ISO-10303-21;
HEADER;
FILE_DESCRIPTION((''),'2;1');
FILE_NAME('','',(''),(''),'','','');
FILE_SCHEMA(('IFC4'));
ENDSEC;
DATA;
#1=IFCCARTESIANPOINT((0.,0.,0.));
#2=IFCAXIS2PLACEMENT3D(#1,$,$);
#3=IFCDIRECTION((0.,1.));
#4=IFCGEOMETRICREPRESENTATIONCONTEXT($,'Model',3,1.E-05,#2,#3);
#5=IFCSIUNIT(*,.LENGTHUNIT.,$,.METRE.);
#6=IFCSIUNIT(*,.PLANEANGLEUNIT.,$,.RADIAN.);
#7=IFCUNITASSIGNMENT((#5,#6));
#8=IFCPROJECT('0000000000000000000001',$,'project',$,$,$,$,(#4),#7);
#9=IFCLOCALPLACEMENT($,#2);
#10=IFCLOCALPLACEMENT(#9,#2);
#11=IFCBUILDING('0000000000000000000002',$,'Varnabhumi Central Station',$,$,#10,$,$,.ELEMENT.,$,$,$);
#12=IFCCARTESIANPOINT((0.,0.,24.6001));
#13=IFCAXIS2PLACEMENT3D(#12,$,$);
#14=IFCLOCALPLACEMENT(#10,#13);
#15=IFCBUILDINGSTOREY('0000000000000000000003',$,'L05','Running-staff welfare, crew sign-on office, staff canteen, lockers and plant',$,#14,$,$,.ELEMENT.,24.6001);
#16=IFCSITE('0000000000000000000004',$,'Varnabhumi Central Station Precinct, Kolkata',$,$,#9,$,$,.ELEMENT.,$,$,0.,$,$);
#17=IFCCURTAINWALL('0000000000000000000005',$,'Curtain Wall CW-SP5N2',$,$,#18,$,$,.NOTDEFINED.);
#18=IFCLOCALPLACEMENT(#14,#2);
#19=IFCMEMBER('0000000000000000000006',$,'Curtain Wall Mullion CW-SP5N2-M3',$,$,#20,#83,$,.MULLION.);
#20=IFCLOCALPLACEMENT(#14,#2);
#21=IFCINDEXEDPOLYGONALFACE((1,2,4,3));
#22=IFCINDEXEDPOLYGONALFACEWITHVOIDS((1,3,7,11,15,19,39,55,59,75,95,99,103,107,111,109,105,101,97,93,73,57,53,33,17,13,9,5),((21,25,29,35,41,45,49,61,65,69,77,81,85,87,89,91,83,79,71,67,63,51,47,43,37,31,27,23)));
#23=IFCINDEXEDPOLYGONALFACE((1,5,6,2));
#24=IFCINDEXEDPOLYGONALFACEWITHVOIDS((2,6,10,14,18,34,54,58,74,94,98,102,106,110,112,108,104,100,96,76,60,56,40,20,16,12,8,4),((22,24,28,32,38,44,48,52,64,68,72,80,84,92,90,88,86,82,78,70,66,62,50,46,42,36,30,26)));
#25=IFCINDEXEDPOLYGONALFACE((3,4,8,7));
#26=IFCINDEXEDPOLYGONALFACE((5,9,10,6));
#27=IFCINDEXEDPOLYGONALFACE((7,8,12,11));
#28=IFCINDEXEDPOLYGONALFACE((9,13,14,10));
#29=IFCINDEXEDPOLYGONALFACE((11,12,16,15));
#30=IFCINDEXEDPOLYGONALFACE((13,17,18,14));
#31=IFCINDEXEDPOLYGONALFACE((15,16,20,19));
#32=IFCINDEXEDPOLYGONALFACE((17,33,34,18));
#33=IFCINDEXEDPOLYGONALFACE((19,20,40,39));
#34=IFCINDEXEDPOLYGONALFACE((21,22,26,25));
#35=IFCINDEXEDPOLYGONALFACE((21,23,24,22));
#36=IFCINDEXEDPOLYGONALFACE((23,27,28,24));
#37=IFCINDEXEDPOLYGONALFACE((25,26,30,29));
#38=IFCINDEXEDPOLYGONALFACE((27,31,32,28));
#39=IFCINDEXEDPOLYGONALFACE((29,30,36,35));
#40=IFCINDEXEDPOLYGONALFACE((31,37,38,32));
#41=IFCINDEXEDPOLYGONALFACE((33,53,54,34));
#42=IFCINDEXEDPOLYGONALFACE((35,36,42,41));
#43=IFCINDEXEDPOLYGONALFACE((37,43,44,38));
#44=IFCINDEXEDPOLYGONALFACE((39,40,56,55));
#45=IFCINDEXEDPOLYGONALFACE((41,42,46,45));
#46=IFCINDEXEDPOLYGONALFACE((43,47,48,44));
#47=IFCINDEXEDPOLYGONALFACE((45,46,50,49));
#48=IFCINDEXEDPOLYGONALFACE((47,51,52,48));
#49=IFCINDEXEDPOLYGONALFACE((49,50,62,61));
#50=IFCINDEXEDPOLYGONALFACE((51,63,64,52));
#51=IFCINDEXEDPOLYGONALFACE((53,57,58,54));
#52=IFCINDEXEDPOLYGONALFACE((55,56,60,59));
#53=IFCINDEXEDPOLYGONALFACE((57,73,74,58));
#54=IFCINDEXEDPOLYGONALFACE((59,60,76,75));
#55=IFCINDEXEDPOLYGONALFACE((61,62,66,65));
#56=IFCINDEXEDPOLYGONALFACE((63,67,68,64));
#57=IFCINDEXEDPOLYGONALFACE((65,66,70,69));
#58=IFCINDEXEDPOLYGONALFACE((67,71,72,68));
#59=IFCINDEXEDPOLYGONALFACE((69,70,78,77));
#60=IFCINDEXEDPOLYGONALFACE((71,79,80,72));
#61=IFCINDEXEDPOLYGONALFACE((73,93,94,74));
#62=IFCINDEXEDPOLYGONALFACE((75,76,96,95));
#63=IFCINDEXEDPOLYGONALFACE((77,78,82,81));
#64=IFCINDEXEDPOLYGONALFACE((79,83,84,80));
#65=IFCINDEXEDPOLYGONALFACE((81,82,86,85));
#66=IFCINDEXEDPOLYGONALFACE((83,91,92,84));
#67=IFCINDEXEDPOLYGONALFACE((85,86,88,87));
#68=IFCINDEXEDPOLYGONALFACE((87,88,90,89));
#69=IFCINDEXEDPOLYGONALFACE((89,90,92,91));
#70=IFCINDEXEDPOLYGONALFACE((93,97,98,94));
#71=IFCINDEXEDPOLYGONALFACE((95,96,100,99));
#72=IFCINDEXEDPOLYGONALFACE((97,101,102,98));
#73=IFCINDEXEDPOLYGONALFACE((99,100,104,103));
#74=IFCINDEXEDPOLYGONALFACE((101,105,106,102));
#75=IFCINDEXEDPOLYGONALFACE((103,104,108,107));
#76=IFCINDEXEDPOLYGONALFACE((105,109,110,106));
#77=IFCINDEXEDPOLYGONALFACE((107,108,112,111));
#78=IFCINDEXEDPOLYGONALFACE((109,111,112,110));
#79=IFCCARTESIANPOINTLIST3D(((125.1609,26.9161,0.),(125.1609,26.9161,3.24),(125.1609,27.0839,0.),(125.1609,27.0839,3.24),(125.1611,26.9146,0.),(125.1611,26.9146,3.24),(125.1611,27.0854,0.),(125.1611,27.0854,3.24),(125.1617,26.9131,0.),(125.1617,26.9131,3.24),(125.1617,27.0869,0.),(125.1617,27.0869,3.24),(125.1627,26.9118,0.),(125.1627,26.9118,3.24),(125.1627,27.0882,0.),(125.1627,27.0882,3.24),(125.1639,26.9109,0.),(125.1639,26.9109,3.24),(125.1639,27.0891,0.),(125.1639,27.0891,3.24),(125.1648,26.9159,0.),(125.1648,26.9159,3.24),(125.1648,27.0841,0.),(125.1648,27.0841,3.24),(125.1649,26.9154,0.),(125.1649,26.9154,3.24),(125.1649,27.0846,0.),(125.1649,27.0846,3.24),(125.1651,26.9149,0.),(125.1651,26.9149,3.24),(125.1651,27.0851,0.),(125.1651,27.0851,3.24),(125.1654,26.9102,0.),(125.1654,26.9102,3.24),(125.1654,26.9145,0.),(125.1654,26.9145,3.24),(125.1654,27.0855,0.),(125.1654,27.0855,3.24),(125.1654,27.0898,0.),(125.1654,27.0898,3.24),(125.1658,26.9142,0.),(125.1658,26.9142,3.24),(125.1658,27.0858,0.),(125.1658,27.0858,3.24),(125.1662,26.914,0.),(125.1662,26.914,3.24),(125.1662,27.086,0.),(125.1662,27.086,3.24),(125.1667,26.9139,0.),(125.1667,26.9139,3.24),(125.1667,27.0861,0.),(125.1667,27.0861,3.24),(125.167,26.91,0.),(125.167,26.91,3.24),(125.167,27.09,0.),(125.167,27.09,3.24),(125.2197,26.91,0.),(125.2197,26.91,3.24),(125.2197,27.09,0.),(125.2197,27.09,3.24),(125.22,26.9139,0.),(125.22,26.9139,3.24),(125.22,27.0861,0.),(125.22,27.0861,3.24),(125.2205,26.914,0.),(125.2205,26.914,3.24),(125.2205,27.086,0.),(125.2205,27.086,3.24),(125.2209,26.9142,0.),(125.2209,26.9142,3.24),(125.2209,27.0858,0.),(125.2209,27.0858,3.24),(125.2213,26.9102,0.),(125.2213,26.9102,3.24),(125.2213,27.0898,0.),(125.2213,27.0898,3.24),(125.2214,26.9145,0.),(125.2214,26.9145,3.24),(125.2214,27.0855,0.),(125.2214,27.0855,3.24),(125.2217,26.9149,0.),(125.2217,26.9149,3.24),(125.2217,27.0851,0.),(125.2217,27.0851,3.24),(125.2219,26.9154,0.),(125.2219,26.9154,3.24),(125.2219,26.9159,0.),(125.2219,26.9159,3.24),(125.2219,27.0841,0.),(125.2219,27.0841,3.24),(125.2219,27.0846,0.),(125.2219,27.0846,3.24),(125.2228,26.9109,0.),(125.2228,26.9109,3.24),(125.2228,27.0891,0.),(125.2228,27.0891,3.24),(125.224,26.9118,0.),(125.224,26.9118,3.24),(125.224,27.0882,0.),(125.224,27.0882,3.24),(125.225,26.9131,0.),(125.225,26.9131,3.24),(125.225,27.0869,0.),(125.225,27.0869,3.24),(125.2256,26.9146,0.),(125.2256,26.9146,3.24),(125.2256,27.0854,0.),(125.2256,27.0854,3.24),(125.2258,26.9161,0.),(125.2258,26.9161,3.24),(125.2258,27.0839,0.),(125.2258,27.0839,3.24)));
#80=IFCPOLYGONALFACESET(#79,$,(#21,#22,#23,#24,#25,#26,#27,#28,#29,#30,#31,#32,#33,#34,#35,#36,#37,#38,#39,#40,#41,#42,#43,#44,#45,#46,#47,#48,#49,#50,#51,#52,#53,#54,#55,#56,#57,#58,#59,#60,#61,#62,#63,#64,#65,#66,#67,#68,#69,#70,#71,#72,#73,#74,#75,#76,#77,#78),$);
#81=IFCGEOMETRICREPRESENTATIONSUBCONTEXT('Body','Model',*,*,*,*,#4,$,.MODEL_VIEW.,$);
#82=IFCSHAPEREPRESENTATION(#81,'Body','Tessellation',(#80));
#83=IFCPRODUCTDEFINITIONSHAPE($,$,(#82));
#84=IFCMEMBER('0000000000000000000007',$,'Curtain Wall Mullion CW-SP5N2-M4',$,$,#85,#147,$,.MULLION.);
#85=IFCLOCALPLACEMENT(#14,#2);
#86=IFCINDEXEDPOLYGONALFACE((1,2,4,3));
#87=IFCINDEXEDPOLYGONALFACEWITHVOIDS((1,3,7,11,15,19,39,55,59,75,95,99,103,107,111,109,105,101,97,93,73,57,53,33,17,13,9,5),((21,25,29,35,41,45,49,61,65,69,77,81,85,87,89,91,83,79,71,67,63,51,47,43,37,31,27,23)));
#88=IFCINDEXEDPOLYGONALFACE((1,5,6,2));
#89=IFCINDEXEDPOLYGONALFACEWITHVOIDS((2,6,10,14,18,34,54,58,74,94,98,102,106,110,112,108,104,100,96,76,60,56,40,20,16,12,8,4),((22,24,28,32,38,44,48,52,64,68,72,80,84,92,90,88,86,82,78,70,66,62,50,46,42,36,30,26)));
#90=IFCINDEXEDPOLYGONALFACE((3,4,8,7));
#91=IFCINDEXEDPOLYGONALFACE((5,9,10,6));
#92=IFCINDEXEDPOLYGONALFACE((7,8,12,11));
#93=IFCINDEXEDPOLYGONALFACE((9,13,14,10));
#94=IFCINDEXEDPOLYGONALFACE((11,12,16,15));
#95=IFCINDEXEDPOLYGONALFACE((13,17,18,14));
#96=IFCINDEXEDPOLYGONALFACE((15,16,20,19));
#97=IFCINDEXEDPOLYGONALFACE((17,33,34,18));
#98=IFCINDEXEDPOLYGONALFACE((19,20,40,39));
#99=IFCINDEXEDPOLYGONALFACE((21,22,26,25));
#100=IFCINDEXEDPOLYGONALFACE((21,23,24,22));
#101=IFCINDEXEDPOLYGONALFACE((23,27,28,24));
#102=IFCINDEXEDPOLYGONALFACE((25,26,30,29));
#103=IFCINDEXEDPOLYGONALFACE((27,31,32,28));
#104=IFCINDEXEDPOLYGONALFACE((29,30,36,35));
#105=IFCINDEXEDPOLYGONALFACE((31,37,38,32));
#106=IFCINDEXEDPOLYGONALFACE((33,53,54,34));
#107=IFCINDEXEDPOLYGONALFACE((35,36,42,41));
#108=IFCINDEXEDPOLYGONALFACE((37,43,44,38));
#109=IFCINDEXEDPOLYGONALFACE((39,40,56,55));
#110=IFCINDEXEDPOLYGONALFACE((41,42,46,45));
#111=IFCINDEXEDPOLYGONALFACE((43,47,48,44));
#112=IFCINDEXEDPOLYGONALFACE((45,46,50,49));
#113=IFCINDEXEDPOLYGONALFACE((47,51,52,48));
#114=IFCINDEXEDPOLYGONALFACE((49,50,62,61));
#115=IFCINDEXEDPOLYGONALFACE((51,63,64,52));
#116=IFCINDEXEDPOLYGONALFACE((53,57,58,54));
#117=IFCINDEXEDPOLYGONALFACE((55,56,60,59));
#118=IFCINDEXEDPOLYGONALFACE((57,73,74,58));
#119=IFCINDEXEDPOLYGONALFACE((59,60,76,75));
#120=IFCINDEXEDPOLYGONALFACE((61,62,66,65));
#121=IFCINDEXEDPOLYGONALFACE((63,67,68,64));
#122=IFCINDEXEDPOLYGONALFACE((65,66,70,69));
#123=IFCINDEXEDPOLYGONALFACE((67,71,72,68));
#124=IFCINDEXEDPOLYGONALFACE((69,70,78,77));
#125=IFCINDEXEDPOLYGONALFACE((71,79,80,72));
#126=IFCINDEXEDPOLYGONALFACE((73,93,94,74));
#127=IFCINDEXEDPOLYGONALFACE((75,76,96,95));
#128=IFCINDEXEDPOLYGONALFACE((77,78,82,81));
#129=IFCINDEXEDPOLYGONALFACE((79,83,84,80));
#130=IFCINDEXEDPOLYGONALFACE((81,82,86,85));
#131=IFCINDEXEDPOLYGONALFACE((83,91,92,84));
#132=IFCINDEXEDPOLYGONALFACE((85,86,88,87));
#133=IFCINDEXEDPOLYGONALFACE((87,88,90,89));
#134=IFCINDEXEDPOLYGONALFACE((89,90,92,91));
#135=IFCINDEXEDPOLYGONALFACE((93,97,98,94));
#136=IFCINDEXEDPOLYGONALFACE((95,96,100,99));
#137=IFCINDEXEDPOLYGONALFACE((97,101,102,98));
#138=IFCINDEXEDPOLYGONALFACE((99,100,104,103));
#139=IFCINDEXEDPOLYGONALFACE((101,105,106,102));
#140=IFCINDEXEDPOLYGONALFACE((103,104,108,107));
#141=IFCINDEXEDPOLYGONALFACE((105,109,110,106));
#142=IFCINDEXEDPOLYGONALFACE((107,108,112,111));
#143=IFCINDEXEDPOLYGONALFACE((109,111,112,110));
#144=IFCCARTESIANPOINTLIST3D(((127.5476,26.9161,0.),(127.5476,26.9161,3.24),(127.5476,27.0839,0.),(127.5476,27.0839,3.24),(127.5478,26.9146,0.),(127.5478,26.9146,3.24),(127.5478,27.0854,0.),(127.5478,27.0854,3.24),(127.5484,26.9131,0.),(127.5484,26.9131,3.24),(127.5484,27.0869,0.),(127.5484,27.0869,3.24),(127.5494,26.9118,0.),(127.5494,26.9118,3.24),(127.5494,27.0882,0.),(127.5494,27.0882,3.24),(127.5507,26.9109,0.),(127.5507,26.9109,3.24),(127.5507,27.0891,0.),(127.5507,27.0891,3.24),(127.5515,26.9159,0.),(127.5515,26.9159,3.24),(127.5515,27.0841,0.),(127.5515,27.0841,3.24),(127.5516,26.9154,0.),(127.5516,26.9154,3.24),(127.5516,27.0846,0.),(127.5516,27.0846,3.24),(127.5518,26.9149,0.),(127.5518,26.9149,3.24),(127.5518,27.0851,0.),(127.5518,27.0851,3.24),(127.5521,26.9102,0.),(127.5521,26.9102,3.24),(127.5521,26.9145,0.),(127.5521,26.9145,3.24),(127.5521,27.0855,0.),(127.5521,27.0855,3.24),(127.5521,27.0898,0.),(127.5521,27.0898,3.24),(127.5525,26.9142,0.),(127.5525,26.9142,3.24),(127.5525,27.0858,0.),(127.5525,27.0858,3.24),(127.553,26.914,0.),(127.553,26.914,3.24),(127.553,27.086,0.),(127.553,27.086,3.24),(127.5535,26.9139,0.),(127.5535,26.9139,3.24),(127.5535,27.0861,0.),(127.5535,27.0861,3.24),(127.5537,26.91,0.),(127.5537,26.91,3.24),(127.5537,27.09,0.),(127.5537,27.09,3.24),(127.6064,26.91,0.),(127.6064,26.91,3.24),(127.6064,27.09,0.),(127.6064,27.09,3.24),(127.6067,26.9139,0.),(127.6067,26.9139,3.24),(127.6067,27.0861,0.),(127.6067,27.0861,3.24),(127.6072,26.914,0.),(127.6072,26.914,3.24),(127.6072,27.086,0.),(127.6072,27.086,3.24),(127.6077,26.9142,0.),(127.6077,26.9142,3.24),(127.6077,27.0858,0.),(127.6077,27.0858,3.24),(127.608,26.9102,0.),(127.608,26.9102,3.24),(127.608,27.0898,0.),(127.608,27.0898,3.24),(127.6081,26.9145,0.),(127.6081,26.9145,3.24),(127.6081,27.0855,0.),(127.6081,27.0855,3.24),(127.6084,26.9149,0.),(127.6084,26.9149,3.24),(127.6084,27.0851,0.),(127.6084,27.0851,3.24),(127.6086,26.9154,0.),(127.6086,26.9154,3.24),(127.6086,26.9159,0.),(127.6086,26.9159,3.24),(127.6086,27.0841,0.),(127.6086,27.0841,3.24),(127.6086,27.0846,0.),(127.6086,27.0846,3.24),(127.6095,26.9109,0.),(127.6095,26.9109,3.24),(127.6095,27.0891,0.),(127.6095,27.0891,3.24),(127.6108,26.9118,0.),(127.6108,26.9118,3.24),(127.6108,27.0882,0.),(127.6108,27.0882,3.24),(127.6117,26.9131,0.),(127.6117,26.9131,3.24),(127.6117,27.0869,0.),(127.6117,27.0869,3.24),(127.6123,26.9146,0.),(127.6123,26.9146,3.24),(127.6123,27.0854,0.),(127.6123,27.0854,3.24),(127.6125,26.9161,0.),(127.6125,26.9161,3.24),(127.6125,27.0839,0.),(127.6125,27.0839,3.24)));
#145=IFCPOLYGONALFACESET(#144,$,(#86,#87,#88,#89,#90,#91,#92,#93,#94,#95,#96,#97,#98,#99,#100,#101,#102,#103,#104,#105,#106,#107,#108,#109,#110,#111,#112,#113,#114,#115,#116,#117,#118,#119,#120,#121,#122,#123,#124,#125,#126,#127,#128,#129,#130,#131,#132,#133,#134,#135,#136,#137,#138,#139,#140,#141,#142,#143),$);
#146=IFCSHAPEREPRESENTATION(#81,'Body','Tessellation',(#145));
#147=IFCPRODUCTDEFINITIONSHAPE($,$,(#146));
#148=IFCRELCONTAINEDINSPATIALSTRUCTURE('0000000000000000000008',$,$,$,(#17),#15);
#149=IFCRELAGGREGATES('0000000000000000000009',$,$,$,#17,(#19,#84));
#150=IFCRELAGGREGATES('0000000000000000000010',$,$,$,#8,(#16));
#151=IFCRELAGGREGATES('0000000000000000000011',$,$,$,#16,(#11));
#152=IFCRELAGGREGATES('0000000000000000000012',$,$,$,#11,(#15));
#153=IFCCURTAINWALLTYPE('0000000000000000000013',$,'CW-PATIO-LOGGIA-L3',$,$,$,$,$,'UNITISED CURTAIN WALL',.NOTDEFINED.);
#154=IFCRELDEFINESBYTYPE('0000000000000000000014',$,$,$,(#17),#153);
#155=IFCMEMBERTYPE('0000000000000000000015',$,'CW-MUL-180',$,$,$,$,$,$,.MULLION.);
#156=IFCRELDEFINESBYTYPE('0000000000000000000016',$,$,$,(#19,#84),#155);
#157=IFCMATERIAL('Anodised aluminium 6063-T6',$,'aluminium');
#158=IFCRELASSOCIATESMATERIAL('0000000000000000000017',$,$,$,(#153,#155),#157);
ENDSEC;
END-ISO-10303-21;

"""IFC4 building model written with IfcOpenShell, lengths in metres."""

from ifc_helpers import new_model, si_unit, direction, frame, origin, origin_2d, place, context, subcontext, project, spatial, hollow_rectangle, extrude, material, material_profile, profile_set, type_object, element, aggregate, save


model = new_model("IFC4")

# Units and contexts
model_context = context("Model", 3, precision=1e-05, world=origin(), true_north=direction((0.0, 1.0)))
body_context = subcontext(model_context, "Body", "Model", "MODEL_VIEW")
ifc_project = project(units=[si_unit("LENGTHUNIT", "METRE"), si_unit("PLANEANGLEUNIT", "RADIAN")], contexts=[model_context])

# Site, building, storey
site_placement = place(None, origin())
site = spatial("IfcSite", under=ifc_project, at=site_placement, Name="Varnabhumi Central Station Precinct, Kolkata", CompositionType="ELEMENT", RefElevation=0.0)
building_placement = place(site_placement, origin())
building = spatial("IfcBuilding", under=site, at=building_placement, Name="Varnabhumi Central Station", CompositionType="ELEMENT")
storey_placement = place(building_placement, frame((0.0, 0.0, 24.6001)))
storey = spatial("IfcBuildingStorey", under=building, at=storey_placement, Name="L05", Description="Running-staff welfare, crew sign-on office, staff canteen, lockers and plant", CompositionType="ELEMENT", Elevation=24.6001)

# Curtain wall, members
ifc_material_1 = material(Name="Anodised aluminium 6063-T6", Category="aluminium")
curtain_wall_type = type_object("IfcCurtainWallType", Name="CW-PATIO-LOGGIA-L3", ElementType="UNITISED CURTAIN WALL", PredefinedType="NOTDEFINED", material=ifc_material_1)
curtain_wall_1_placement = place(storey_placement, origin())
curtain_wall_1 = element("IfcCurtainWall", 1, at=curtain_wall_1_placement, inside=storey, type_object=curtain_wall_type, Name="Curtain Wall CW-SP5N2", PredefinedType="NOTDEFINED")
ifc_material_profile_1 = material_profile(ifc_material_1, hollow_rectangle(XDim=0.0649, YDim=0.1799, WallThickness=0.0039, InnerFilletRadius=0.002, OuterFilletRadius=0.0061, at=origin_2d()), Name="Anodised aluminium 6063-T6", Category="aluminium")
ifc_profile_set_1 = profile_set([ifc_material_profile_1], Name="Anodised aluminium 6063-T6")
member_type_1 = type_object("IfcMemberType", Name="CW-MUL-180", PredefinedType="MULLION", material=ifc_profile_set_1)
member_1_placement = place(storey_placement, frame((125.1934, 27.0, 0.0), z_axis=(0.0, 0.0, 1.0), x_axis=(1.0, 0.0, 0.0)))
member_1 = element("IfcMember", 2, at=member_1_placement, type_object=member_type_1, Name="Curtain Wall Mullion CW-SP5N2-M3", PredefinedType="MULLION", context=body_context, shape_type="SweptSolid", body=[
    extrude(hollow_rectangle(XDim=0.0649, YDim=0.1799, WallThickness=0.0039, InnerFilletRadius=0.002, OuterFilletRadius=0.0061, at=origin_2d()), origin(), (0.0, 0.0, 1.0), 3.24),
])
member_2_placement = place(storey_placement, frame((127.5801, 27.0, 0.0), z_axis=(0.0, 0.0, 1.0), x_axis=(1.0, 0.0, 0.0)))
member_2 = element("IfcMember", 3, at=member_2_placement, type_object=member_type_1, Name="Curtain Wall Mullion CW-SP5N2-M4", PredefinedType="MULLION", context=body_context, shape_type="SweptSolid", body=[
    extrude(hollow_rectangle(XDim=0.0649, YDim=0.1799, WallThickness=0.0039, InnerFilletRadius=0.002, OuterFilletRadius=0.0061, at=origin_2d()), origin(), (0.0, 0.0, 1.0), 3.24),
])

aggregate(curtain_wall_1, [member_1, member_2])

save(model, "model.ifc")
